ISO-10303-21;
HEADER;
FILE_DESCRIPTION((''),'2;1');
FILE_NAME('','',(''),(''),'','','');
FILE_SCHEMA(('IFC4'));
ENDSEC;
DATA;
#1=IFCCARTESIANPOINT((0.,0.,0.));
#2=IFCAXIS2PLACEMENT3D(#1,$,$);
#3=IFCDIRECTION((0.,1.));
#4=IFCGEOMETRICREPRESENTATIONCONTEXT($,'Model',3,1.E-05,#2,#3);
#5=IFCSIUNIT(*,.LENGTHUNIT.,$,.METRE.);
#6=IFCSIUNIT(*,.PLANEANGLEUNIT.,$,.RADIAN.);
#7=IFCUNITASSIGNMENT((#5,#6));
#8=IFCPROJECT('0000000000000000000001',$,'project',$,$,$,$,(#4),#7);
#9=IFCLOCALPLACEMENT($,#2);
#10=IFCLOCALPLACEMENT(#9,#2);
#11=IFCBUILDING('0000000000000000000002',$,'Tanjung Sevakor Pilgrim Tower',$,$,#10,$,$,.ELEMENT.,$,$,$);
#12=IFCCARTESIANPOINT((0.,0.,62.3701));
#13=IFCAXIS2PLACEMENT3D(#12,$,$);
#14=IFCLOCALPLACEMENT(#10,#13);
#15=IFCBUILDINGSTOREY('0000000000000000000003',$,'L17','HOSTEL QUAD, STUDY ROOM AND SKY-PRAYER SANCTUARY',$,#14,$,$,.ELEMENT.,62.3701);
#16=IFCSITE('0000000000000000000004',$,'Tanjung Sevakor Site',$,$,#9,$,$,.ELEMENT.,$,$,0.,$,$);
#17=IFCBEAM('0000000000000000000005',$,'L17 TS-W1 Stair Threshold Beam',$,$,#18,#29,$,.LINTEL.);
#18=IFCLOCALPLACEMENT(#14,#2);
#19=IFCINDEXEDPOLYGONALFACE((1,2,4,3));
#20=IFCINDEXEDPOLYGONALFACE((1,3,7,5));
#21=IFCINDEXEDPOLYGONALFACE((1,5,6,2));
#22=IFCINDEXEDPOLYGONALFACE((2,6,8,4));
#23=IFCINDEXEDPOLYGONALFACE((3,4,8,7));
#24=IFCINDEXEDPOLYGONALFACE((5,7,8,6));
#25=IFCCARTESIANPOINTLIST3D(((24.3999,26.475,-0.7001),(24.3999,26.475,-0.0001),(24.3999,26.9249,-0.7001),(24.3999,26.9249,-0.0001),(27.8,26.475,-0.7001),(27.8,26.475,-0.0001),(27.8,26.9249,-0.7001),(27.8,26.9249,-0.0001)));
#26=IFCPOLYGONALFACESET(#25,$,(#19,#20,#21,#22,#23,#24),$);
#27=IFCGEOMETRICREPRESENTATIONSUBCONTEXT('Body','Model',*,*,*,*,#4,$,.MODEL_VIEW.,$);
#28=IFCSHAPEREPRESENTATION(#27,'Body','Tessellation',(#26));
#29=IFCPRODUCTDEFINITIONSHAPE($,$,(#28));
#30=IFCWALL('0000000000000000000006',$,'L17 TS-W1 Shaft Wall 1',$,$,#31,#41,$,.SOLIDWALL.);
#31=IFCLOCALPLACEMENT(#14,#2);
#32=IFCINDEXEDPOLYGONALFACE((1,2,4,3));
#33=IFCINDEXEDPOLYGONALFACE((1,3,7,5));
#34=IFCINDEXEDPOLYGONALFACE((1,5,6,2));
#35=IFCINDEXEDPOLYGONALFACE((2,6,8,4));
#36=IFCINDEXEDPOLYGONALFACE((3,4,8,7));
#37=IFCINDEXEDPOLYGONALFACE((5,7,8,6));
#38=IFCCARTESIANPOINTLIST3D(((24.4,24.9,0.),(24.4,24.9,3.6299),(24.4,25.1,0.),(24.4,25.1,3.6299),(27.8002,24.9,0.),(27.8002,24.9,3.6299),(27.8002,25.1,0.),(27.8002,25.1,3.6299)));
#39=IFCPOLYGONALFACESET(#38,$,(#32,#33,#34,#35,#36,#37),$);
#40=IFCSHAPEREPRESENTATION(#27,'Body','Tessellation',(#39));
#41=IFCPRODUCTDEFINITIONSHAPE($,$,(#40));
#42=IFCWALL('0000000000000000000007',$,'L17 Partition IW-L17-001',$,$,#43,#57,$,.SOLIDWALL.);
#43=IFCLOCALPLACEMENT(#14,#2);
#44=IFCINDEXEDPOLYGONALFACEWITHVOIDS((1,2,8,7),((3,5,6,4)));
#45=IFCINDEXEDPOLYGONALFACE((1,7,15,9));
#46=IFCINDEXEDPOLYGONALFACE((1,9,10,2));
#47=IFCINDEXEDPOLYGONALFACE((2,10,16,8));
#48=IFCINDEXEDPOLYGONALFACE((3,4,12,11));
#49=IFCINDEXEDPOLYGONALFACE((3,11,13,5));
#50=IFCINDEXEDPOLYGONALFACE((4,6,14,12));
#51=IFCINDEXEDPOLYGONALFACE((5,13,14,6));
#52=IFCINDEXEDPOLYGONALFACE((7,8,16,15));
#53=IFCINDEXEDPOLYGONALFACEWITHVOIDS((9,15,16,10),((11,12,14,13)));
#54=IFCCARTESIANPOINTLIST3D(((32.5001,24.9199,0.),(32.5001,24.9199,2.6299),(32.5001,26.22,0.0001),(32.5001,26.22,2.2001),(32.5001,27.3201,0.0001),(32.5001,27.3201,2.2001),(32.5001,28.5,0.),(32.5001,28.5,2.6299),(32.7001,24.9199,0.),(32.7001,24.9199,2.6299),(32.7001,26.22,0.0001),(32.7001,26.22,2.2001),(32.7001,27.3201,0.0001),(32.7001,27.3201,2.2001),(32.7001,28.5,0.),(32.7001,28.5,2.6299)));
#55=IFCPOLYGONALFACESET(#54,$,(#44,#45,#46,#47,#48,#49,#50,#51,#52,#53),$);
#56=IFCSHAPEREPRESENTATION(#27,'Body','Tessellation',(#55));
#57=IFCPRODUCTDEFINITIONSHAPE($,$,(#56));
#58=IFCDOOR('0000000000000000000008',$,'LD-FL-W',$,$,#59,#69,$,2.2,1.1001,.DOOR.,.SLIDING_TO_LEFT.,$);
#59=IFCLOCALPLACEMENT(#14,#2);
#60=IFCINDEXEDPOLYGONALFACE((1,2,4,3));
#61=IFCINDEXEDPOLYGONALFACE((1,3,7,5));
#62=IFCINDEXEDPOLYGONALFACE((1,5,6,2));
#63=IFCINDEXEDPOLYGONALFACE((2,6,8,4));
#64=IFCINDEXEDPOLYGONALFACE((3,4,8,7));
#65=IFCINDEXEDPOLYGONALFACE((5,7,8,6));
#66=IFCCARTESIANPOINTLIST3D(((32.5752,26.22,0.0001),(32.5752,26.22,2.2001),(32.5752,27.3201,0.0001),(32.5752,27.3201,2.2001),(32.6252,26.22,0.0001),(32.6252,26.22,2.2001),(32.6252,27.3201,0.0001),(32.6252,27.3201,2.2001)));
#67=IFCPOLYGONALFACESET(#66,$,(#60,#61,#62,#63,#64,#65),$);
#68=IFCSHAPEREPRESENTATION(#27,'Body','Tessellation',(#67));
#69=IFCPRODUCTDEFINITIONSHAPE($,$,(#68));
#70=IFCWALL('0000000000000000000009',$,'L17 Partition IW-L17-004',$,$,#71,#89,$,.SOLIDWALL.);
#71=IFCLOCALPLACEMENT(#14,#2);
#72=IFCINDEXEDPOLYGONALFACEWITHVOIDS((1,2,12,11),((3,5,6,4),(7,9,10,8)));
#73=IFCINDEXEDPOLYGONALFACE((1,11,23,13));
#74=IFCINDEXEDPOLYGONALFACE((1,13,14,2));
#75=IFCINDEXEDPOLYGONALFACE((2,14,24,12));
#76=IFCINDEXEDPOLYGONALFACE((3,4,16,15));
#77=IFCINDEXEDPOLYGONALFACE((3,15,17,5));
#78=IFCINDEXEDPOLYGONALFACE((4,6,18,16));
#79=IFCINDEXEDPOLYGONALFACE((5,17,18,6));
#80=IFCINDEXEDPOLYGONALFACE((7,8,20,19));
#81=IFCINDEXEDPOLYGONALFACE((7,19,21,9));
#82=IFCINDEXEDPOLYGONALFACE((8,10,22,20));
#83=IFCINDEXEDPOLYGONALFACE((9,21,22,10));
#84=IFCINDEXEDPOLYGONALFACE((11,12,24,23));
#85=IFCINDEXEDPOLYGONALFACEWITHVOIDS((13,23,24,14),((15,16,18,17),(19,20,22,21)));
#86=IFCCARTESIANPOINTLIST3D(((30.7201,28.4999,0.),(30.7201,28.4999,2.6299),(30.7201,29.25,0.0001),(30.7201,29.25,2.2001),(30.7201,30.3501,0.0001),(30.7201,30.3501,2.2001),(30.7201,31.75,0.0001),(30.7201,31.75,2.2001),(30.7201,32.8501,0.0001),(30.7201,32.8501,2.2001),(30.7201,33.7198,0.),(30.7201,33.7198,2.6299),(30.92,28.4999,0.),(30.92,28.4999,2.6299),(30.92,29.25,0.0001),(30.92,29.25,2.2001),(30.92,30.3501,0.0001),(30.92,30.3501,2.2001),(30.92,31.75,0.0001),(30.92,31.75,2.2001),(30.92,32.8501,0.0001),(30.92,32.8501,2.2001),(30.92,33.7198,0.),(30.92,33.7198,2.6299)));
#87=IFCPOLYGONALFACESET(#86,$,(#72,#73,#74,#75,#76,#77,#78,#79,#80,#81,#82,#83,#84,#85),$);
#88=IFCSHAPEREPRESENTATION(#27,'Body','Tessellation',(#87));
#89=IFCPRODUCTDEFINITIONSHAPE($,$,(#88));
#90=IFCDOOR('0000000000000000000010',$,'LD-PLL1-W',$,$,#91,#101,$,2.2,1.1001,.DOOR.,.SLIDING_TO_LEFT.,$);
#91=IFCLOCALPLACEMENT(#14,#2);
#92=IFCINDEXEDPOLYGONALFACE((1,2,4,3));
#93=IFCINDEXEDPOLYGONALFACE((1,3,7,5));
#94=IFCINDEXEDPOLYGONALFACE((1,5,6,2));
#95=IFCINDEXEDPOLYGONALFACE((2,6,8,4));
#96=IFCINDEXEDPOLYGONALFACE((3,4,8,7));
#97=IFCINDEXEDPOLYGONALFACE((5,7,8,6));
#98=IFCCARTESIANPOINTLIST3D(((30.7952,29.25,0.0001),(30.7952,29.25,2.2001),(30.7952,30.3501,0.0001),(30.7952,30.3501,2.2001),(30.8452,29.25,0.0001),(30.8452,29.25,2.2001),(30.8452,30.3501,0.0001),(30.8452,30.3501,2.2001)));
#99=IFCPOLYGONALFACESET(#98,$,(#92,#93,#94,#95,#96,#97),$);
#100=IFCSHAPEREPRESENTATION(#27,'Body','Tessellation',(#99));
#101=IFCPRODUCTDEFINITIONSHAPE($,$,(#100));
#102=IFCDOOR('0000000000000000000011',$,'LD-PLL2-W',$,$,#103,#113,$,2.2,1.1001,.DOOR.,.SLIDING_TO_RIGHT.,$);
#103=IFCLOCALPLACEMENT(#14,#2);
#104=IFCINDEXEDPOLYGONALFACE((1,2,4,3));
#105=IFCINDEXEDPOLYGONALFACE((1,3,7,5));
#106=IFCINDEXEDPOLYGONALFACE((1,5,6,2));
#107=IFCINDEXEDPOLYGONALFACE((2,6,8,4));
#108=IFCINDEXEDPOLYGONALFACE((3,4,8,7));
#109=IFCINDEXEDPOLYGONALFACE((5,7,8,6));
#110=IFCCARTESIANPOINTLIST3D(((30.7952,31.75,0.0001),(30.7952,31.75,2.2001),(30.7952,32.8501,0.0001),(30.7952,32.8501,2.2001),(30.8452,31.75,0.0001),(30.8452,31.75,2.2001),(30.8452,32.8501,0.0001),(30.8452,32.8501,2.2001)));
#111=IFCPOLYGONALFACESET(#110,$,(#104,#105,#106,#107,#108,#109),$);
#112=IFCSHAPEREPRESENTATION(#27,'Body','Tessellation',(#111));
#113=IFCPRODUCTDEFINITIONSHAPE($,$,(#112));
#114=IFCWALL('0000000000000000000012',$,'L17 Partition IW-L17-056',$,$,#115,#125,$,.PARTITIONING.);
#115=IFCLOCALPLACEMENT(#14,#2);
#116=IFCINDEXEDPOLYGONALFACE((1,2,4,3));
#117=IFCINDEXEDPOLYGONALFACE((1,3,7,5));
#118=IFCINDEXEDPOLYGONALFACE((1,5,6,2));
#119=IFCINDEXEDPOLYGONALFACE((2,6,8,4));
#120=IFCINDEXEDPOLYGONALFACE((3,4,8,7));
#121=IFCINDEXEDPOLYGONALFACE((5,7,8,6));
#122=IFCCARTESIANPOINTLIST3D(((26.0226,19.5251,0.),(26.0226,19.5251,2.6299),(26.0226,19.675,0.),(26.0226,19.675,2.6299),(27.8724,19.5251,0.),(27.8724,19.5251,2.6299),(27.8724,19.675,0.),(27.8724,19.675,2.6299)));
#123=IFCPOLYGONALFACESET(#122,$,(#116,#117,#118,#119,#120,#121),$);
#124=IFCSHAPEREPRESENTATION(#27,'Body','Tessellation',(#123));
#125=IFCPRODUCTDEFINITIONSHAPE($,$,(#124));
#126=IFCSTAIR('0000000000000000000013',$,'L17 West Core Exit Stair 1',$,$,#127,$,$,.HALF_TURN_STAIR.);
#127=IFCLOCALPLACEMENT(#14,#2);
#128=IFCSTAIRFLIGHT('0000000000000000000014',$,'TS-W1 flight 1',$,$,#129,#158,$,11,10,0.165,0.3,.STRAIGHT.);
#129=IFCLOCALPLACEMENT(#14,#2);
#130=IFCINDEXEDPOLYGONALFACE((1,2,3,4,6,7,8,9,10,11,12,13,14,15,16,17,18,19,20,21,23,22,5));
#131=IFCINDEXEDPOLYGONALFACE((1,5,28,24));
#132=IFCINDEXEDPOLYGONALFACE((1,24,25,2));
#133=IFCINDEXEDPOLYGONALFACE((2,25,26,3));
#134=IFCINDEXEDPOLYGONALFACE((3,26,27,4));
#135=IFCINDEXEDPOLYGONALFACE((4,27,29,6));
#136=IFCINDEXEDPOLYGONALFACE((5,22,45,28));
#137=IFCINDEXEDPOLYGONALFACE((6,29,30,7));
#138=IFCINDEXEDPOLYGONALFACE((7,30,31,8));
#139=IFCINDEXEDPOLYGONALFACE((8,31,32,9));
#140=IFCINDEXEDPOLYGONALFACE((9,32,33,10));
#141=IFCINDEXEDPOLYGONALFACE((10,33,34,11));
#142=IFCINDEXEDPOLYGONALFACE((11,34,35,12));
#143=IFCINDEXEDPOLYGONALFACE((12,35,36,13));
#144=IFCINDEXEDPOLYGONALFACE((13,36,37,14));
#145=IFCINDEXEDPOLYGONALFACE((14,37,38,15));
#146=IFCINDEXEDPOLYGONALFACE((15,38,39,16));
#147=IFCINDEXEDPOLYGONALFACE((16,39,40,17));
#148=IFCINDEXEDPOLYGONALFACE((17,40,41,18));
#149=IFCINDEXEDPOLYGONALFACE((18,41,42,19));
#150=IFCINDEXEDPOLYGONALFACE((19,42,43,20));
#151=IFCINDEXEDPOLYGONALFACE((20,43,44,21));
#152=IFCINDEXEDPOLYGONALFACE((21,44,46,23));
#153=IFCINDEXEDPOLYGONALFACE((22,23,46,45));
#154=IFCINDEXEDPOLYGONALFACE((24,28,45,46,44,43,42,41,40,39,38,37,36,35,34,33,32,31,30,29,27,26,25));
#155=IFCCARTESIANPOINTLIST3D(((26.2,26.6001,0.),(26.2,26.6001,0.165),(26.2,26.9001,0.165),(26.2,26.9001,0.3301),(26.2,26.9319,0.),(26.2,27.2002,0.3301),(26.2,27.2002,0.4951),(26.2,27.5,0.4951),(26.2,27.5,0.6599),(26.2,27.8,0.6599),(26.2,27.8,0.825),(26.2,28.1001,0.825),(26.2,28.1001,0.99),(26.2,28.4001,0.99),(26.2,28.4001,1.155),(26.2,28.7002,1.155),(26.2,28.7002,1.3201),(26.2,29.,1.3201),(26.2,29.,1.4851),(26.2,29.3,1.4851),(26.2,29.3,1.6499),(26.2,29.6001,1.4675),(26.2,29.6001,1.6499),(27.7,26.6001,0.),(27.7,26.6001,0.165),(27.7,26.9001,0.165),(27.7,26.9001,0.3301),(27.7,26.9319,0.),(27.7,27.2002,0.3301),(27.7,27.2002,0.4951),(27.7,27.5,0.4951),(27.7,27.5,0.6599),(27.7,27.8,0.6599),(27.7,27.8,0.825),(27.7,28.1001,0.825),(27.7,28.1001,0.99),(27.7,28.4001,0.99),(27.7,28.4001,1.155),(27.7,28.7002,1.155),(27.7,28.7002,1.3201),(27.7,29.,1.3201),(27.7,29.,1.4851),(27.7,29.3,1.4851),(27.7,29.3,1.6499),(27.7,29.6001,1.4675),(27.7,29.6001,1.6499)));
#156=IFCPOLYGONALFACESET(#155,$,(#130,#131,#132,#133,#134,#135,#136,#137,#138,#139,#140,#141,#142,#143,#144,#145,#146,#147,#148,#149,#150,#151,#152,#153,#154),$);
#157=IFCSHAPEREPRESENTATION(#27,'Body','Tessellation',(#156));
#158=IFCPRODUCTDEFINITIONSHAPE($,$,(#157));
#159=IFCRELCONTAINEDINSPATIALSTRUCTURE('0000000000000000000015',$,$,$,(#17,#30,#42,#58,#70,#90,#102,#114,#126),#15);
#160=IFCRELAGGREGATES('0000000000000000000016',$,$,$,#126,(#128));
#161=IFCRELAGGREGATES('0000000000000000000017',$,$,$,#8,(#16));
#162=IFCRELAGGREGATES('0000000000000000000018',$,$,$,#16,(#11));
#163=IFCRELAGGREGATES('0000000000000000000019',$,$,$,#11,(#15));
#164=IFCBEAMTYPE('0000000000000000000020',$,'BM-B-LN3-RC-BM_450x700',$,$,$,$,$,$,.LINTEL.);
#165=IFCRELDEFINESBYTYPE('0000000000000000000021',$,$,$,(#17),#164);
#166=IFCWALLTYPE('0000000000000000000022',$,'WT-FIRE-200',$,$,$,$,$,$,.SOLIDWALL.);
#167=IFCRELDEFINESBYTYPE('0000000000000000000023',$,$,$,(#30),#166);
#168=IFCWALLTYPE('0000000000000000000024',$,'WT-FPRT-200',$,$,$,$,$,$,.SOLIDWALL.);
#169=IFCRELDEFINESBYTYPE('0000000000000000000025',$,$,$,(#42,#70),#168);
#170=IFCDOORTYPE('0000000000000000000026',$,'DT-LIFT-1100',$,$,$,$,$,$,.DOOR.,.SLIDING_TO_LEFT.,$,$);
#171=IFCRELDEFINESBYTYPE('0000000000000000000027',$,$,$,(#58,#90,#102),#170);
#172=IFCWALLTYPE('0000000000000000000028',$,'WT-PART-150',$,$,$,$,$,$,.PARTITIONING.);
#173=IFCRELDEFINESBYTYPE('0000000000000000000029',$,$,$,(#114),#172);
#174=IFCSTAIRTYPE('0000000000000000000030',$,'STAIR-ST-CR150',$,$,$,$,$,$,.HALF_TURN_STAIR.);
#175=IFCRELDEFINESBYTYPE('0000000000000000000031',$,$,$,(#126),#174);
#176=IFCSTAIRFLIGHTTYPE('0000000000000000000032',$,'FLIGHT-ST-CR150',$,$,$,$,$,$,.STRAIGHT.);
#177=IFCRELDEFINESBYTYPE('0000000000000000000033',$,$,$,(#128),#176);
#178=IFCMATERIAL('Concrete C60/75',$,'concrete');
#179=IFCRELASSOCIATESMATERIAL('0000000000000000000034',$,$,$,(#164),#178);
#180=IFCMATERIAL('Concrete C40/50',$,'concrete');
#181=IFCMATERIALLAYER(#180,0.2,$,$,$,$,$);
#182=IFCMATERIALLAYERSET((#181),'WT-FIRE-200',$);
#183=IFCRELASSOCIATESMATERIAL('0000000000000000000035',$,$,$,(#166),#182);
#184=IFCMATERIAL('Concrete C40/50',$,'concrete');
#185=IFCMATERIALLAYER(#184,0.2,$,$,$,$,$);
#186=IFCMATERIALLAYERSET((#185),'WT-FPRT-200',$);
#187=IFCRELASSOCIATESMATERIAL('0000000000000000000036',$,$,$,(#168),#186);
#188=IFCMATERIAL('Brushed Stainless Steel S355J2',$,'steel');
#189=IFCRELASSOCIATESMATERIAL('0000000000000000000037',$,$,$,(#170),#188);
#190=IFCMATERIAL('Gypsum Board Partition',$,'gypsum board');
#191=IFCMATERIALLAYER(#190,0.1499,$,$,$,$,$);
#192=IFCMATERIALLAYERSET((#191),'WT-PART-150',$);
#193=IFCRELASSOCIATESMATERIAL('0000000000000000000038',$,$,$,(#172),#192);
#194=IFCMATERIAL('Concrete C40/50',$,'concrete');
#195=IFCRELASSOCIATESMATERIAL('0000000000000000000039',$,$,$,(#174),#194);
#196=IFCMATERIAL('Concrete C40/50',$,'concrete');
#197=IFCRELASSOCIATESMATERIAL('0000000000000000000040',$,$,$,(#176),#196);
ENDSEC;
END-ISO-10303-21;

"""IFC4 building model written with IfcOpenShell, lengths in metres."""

from ifc_helpers import new_model, si_unit, direction, frame, frame_2d, origin, origin_2d, place, context, subcontext, project, spatial, polyline, rectangle, outline, extrude, material, layer, layer_set, material_profile, profile_set, type_object, element, fill, aggregate, save


model = new_model("IFC4")

# Units and contexts
model_context = context("Model", 3, precision=1e-05, world=origin(), true_north=direction((0.0, 1.0)))
body_context = subcontext(model_context, "Body", "Model", "MODEL_VIEW")
ifc_project = project(units=[si_unit("LENGTHUNIT", "METRE"), si_unit("PLANEANGLEUNIT", "RADIAN")], contexts=[model_context])

# Site, building, storey
site_placement = place(None, origin())
site = spatial("IfcSite", under=ifc_project, at=site_placement, Name="Tanjung Sevakor Site", CompositionType="ELEMENT", RefElevation=0.0)
building_placement = place(site_placement, origin())
building = spatial("IfcBuilding", under=site, at=building_placement, Name="Tanjung Sevakor Pilgrim Tower", CompositionType="ELEMENT")
storey_placement = place(building_placement, frame((0.0, 0.0, 62.3701)))
storey = spatial("IfcBuildingStorey", under=building, at=storey_placement, Name="L17", Description="HOSTEL QUAD, STUDY ROOM AND SKY-PRAYER SANCTUARY", CompositionType="ELEMENT", Elevation=62.3701)

# Beam
ifc_material_1 = material(Name="Concrete C60/75", Category="concrete")
ifc_material_profile = material_profile(ifc_material_1, rectangle(XDim=0.45, YDim=0.7, at=origin_2d()))
ifc_profile_set = profile_set([ifc_material_profile], Name="Concrete C60/75")
beam_type = type_object("IfcBeamType", Name="BM-B-LN3-RC-BM_450x700", PredefinedType="LINTEL", material=ifc_profile_set)
beam_placement = place(storey_placement, frame((24.3999, 26.7, -0.3501), z_axis=(1.0, 0.0, 0.0), x_axis=(0.0, 1.0, 0.0)))
element("IfcBeam", 1, at=beam_placement, inside=storey, type_object=beam_type, Name="L17 TS-W1 Stair Threshold Beam", PredefinedType="LINTEL", context=body_context, shape_type="SweptSolid", body=[
    extrude(rectangle(XDim=0.45, YDim=0.7, at=origin_2d()), origin(), (0.0, 0.0, 1.0), 3.4001),
])

# Wall
ifc_material_2 = material(Name="Concrete C40/50", Category="concrete")
ifc_layer_1 = layer(ifc_material_2, 0.2)
ifc_layer_set_1 = layer_set([ifc_layer_1], Name="WT-FIRE-200")
wall_type_1 = type_object("IfcWallType", Name="WT-FIRE-200", PredefinedType="SOLIDWALL", material=ifc_layer_set_1)
wall_1_placement = place(storey_placement, frame((24.3999, 25.0, 0.0), z_axis=(0.0, 0.0, 1.0), x_axis=(1.0, 0.0, 0.0)))
element("IfcWall", 2, at=wall_1_placement, inside=storey, type_object=wall_type_1, Name="L17 TS-W1 Shaft Wall 1", PredefinedType="SOLIDWALL", context=body_context, shape_type="SweptSolid", body=[
    extrude(rectangle(XDim=3.4001, YDim=0.2, at=frame_2d((1.7002, 0.0))), origin(), (0.0, 0.0, 1.0), 3.6299),
])

# Wall, opening, door
ifc_material_3 = material(Name="Concrete C40/50", Category="concrete")
ifc_layer_2 = layer(ifc_material_3, 0.2)
ifc_layer_set_2 = layer_set([ifc_layer_2], Name="WT-FPRT-200")
wall_type_2 = type_object("IfcWallType", Name="WT-FPRT-200", PredefinedType="SOLIDWALL", material=ifc_layer_set_2)
wall_2_placement = place(storey_placement, frame((32.6001, 24.9199, 0.0), z_axis=(0.0, 0.0, 1.0), x_axis=(0.0, 1.0, 0.0)))
wall_2 = element("IfcWall", 3, at=wall_2_placement, inside=storey, type_object=wall_type_2, Name="L17 Partition IW-L17-001", PredefinedType="SOLIDWALL", context=body_context, shape_type="SweptSolid", body=[
    extrude(rectangle(XDim=3.5801, YDim=0.2, at=frame_2d((1.79, 0.0))), origin(), (0.0, 0.0, 1.0), 2.6299),
])
opening_1_placement = place(wall_2_placement, frame((1.3, 0.0, 0.0)))
opening_1 = element("IfcOpeningElement", 4, at=opening_1_placement, cuts=wall_2, PredefinedType="OPENING", context=body_context, shape_type="SweptSolid", body=[
    extrude(rectangle(XDim=1.1001, YDim=2.2, at=frame_2d((0.55, 1.1001))), frame((0.0, 0.1099, 0.0), z_axis=(0.0, -1.0, 0.0), x_axis=(1.0, 0.0, 0.0)), (0.0, 0.0, 1.0), 0.22),
])
ifc_material_4 = material(Name="Brushed Stainless Steel S355J2", Category="steel")
door_type_1 = type_object("IfcDoorType", Name="DT-LIFT-1100", OperationType="SLIDING_TO_LEFT", PredefinedType="DOOR", material=ifc_material_4)
door_1_placement = place(opening_1_placement, origin())
door_1 = element("IfcDoor", 5, at=door_1_placement, inside=storey, type_object=door_type_1, Name="LD-FL-W", OperationType="SLIDING_TO_LEFT", OverallHeight=2.2, OverallWidth=1.1001, PredefinedType="DOOR", context=body_context, shape_type="SweptSolid", body=[
    extrude(rectangle(XDim=1.1001, YDim=2.2, at=frame_2d((0.55, 1.1001))), frame((0.0, 0.0249, 0.0), z_axis=(0.0, -1.0, 0.0), x_axis=(1.0, 0.0, 0.0)), (0.0, 0.0, 1.0), 0.05),
])
fill(opening_1, door_1)

# Wall, openings, doors
wall_3_placement = place(storey_placement, frame((30.8201, 28.5, 0.0), z_axis=(0.0, 0.0, 1.0), x_axis=(0.0, 1.0, 0.0)))
wall_3 = element("IfcWall", 6, at=wall_3_placement, inside=storey, type_object=wall_type_2, Name="L17 Partition IW-L17-004", PredefinedType="SOLIDWALL", context=body_context, shape_type="SweptSolid", body=[
    extrude(rectangle(XDim=5.22, YDim=0.2, at=frame_2d((2.6099, 0.0))), origin(), (0.0, 0.0, 1.0), 2.6299),
])
opening_2_placement = place(wall_3_placement, frame((0.75, 0.0, 0.0)))
opening_2 = element("IfcOpeningElement", 7, at=opening_2_placement, cuts=wall_3, PredefinedType="OPENING", context=body_context, shape_type="SweptSolid", body=[
    extrude(rectangle(XDim=1.1001, YDim=2.2, at=frame_2d((0.55, 1.1001))), frame((0.0, 0.1099, 0.0), z_axis=(0.0, -1.0, 0.0), x_axis=(1.0, 0.0, 0.0)), (0.0, 0.0, 1.0), 0.22),
])
opening_3_placement = place(wall_3_placement, frame((3.25, 0.0, 0.0)))
opening_3 = element("IfcOpeningElement", 8, at=opening_3_placement, cuts=wall_3, PredefinedType="OPENING", context=body_context, shape_type="SweptSolid", body=[
    extrude(rectangle(XDim=1.1001, YDim=2.2, at=frame_2d((0.55, 1.1001))), frame((0.0, 0.1099, 0.0), z_axis=(0.0, -1.0, 0.0), x_axis=(1.0, 0.0, 0.0)), (0.0, 0.0, 1.0), 0.22),
])
door_2_placement = place(opening_2_placement, origin())
door_2 = element("IfcDoor", 9, at=door_2_placement, inside=storey, type_object=door_type_1, Name="LD-PLL1-W", OperationType="SLIDING_TO_LEFT", OverallHeight=2.2, OverallWidth=1.1001, PredefinedType="DOOR", context=body_context, shape_type="SweptSolid", body=[
    extrude(rectangle(XDim=1.1001, YDim=2.2, at=frame_2d((0.55, 1.1001))), frame((0.0, 0.0249, 0.0), z_axis=(0.0, -1.0, 0.0), x_axis=(1.0, 0.0, 0.0)), (0.0, 0.0, 1.0), 0.05),
])
fill(opening_2, door_2)
door_3_placement = place(opening_3_placement, origin())
door_3 = element("IfcDoor", 10, at=door_3_placement, inside=storey, type_object=door_type_1, Name="LD-PLL2-W", OperationType="SLIDING_TO_RIGHT", OverallHeight=2.2, OverallWidth=1.1001, PredefinedType="DOOR", context=body_context, shape_type="SweptSolid", body=[
    extrude(rectangle(XDim=1.1001, YDim=2.2, at=frame_2d((0.55, 1.1001))), frame((0.0, 0.0249, 0.0), z_axis=(0.0, -1.0, 0.0), x_axis=(1.0, 0.0, 0.0)), (0.0, 0.0, 1.0), 0.05),
])
fill(opening_3, door_3)

# Wall
ifc_material_5 = material(Name="Gypsum Board Partition", Category="gypsum board")
ifc_layer_3 = layer(ifc_material_5, 0.1499)
ifc_layer_set_3 = layer_set([ifc_layer_3], Name="WT-PART-150")
wall_type_3 = type_object("IfcWallType", Name="WT-PART-150", PredefinedType="PARTITIONING", material=ifc_layer_set_3)
wall_4_placement = place(storey_placement, frame((26.0227, 19.6001, 0.0), z_axis=(0.0, 0.0, 1.0), x_axis=(1.0, 0.0, 0.0)))
element("IfcWall", 11, at=wall_4_placement, inside=storey, type_object=wall_type_3, Name="L17 Partition IW-L17-056", PredefinedType="PARTITIONING", context=body_context, shape_type="SweptSolid", body=[
    extrude(rectangle(XDim=1.8499, YDim=0.1499, at=frame_2d((0.9248, 0.0))), origin(), (0.0, 0.0, 1.0), 2.6299),
])

# Stair, stair flight
ifc_material_6 = material(Name="Concrete C40/50", Category="concrete")
stair_type = type_object("IfcStairType", Name="STAIR-ST-CR150", PredefinedType="HALF_TURN_STAIR", material=ifc_material_6)
stair_placement = place(storey_placement, origin())
stair = element("IfcStair", 12, at=stair_placement, inside=storey, type_object=stair_type, Name="L17 West Core Exit Stair 1", PredefinedType="HALF_TURN_STAIR")
ifc_material_7 = material(Name="Concrete C40/50", Category="concrete")
stair_flight_type = type_object("IfcStairFlightType", Name="FLIGHT-ST-CR150", PredefinedType="STRAIGHT", material=ifc_material_7)
stair_flight_1_placement = place(storey_placement, frame((26.95, 26.6001, 0.0), z_axis=(0.0, 0.0, 1.0), x_axis=(0.0, 1.0, 0.0)))
stair_flight_1 = element("IfcStairFlight", 13, at=stair_flight_1_placement, type_object=stair_flight_type, Name="TS-W1 flight 1", NumberOfRisers=11, NumberOfTreads=10, PredefinedType="STRAIGHT", RiserHeight=0.165, TreadLength=0.3, context=body_context, shape_type="SweptSolid", body=[
    extrude(outline(polyline([(0.0, 0.0), (0.0, 0.165), (0.3, 0.165), (0.3, 0.3301), (0.6001, 0.3301), (0.6001, 0.4951), (0.8999, 0.4951), (0.8999, 0.6599), (1.2, 0.6599), (1.2, 0.825), (1.5, 0.825), (1.5, 0.99), (1.8, 0.99), (1.8, 1.155), (2.1001, 1.155), (2.1001, 1.3201), (2.3999, 1.3201), (2.3999, 1.4851), (2.7, 1.4851), (2.7, 1.6499), (3.0, 1.6499), (3.0, 1.8149), (3.0, 1.4675), (0.3318, 0.0), (0.0, 0.0)])), frame((0.0, 0.75, 0.0), z_axis=(0.0, -1.0, 0.0), x_axis=(1.0, 0.0, 0.0)), (0.0, 0.0, 1.0), 1.5),
])
aggregate(stair, [stair_flight_1])

save(model, "model.ifc")
